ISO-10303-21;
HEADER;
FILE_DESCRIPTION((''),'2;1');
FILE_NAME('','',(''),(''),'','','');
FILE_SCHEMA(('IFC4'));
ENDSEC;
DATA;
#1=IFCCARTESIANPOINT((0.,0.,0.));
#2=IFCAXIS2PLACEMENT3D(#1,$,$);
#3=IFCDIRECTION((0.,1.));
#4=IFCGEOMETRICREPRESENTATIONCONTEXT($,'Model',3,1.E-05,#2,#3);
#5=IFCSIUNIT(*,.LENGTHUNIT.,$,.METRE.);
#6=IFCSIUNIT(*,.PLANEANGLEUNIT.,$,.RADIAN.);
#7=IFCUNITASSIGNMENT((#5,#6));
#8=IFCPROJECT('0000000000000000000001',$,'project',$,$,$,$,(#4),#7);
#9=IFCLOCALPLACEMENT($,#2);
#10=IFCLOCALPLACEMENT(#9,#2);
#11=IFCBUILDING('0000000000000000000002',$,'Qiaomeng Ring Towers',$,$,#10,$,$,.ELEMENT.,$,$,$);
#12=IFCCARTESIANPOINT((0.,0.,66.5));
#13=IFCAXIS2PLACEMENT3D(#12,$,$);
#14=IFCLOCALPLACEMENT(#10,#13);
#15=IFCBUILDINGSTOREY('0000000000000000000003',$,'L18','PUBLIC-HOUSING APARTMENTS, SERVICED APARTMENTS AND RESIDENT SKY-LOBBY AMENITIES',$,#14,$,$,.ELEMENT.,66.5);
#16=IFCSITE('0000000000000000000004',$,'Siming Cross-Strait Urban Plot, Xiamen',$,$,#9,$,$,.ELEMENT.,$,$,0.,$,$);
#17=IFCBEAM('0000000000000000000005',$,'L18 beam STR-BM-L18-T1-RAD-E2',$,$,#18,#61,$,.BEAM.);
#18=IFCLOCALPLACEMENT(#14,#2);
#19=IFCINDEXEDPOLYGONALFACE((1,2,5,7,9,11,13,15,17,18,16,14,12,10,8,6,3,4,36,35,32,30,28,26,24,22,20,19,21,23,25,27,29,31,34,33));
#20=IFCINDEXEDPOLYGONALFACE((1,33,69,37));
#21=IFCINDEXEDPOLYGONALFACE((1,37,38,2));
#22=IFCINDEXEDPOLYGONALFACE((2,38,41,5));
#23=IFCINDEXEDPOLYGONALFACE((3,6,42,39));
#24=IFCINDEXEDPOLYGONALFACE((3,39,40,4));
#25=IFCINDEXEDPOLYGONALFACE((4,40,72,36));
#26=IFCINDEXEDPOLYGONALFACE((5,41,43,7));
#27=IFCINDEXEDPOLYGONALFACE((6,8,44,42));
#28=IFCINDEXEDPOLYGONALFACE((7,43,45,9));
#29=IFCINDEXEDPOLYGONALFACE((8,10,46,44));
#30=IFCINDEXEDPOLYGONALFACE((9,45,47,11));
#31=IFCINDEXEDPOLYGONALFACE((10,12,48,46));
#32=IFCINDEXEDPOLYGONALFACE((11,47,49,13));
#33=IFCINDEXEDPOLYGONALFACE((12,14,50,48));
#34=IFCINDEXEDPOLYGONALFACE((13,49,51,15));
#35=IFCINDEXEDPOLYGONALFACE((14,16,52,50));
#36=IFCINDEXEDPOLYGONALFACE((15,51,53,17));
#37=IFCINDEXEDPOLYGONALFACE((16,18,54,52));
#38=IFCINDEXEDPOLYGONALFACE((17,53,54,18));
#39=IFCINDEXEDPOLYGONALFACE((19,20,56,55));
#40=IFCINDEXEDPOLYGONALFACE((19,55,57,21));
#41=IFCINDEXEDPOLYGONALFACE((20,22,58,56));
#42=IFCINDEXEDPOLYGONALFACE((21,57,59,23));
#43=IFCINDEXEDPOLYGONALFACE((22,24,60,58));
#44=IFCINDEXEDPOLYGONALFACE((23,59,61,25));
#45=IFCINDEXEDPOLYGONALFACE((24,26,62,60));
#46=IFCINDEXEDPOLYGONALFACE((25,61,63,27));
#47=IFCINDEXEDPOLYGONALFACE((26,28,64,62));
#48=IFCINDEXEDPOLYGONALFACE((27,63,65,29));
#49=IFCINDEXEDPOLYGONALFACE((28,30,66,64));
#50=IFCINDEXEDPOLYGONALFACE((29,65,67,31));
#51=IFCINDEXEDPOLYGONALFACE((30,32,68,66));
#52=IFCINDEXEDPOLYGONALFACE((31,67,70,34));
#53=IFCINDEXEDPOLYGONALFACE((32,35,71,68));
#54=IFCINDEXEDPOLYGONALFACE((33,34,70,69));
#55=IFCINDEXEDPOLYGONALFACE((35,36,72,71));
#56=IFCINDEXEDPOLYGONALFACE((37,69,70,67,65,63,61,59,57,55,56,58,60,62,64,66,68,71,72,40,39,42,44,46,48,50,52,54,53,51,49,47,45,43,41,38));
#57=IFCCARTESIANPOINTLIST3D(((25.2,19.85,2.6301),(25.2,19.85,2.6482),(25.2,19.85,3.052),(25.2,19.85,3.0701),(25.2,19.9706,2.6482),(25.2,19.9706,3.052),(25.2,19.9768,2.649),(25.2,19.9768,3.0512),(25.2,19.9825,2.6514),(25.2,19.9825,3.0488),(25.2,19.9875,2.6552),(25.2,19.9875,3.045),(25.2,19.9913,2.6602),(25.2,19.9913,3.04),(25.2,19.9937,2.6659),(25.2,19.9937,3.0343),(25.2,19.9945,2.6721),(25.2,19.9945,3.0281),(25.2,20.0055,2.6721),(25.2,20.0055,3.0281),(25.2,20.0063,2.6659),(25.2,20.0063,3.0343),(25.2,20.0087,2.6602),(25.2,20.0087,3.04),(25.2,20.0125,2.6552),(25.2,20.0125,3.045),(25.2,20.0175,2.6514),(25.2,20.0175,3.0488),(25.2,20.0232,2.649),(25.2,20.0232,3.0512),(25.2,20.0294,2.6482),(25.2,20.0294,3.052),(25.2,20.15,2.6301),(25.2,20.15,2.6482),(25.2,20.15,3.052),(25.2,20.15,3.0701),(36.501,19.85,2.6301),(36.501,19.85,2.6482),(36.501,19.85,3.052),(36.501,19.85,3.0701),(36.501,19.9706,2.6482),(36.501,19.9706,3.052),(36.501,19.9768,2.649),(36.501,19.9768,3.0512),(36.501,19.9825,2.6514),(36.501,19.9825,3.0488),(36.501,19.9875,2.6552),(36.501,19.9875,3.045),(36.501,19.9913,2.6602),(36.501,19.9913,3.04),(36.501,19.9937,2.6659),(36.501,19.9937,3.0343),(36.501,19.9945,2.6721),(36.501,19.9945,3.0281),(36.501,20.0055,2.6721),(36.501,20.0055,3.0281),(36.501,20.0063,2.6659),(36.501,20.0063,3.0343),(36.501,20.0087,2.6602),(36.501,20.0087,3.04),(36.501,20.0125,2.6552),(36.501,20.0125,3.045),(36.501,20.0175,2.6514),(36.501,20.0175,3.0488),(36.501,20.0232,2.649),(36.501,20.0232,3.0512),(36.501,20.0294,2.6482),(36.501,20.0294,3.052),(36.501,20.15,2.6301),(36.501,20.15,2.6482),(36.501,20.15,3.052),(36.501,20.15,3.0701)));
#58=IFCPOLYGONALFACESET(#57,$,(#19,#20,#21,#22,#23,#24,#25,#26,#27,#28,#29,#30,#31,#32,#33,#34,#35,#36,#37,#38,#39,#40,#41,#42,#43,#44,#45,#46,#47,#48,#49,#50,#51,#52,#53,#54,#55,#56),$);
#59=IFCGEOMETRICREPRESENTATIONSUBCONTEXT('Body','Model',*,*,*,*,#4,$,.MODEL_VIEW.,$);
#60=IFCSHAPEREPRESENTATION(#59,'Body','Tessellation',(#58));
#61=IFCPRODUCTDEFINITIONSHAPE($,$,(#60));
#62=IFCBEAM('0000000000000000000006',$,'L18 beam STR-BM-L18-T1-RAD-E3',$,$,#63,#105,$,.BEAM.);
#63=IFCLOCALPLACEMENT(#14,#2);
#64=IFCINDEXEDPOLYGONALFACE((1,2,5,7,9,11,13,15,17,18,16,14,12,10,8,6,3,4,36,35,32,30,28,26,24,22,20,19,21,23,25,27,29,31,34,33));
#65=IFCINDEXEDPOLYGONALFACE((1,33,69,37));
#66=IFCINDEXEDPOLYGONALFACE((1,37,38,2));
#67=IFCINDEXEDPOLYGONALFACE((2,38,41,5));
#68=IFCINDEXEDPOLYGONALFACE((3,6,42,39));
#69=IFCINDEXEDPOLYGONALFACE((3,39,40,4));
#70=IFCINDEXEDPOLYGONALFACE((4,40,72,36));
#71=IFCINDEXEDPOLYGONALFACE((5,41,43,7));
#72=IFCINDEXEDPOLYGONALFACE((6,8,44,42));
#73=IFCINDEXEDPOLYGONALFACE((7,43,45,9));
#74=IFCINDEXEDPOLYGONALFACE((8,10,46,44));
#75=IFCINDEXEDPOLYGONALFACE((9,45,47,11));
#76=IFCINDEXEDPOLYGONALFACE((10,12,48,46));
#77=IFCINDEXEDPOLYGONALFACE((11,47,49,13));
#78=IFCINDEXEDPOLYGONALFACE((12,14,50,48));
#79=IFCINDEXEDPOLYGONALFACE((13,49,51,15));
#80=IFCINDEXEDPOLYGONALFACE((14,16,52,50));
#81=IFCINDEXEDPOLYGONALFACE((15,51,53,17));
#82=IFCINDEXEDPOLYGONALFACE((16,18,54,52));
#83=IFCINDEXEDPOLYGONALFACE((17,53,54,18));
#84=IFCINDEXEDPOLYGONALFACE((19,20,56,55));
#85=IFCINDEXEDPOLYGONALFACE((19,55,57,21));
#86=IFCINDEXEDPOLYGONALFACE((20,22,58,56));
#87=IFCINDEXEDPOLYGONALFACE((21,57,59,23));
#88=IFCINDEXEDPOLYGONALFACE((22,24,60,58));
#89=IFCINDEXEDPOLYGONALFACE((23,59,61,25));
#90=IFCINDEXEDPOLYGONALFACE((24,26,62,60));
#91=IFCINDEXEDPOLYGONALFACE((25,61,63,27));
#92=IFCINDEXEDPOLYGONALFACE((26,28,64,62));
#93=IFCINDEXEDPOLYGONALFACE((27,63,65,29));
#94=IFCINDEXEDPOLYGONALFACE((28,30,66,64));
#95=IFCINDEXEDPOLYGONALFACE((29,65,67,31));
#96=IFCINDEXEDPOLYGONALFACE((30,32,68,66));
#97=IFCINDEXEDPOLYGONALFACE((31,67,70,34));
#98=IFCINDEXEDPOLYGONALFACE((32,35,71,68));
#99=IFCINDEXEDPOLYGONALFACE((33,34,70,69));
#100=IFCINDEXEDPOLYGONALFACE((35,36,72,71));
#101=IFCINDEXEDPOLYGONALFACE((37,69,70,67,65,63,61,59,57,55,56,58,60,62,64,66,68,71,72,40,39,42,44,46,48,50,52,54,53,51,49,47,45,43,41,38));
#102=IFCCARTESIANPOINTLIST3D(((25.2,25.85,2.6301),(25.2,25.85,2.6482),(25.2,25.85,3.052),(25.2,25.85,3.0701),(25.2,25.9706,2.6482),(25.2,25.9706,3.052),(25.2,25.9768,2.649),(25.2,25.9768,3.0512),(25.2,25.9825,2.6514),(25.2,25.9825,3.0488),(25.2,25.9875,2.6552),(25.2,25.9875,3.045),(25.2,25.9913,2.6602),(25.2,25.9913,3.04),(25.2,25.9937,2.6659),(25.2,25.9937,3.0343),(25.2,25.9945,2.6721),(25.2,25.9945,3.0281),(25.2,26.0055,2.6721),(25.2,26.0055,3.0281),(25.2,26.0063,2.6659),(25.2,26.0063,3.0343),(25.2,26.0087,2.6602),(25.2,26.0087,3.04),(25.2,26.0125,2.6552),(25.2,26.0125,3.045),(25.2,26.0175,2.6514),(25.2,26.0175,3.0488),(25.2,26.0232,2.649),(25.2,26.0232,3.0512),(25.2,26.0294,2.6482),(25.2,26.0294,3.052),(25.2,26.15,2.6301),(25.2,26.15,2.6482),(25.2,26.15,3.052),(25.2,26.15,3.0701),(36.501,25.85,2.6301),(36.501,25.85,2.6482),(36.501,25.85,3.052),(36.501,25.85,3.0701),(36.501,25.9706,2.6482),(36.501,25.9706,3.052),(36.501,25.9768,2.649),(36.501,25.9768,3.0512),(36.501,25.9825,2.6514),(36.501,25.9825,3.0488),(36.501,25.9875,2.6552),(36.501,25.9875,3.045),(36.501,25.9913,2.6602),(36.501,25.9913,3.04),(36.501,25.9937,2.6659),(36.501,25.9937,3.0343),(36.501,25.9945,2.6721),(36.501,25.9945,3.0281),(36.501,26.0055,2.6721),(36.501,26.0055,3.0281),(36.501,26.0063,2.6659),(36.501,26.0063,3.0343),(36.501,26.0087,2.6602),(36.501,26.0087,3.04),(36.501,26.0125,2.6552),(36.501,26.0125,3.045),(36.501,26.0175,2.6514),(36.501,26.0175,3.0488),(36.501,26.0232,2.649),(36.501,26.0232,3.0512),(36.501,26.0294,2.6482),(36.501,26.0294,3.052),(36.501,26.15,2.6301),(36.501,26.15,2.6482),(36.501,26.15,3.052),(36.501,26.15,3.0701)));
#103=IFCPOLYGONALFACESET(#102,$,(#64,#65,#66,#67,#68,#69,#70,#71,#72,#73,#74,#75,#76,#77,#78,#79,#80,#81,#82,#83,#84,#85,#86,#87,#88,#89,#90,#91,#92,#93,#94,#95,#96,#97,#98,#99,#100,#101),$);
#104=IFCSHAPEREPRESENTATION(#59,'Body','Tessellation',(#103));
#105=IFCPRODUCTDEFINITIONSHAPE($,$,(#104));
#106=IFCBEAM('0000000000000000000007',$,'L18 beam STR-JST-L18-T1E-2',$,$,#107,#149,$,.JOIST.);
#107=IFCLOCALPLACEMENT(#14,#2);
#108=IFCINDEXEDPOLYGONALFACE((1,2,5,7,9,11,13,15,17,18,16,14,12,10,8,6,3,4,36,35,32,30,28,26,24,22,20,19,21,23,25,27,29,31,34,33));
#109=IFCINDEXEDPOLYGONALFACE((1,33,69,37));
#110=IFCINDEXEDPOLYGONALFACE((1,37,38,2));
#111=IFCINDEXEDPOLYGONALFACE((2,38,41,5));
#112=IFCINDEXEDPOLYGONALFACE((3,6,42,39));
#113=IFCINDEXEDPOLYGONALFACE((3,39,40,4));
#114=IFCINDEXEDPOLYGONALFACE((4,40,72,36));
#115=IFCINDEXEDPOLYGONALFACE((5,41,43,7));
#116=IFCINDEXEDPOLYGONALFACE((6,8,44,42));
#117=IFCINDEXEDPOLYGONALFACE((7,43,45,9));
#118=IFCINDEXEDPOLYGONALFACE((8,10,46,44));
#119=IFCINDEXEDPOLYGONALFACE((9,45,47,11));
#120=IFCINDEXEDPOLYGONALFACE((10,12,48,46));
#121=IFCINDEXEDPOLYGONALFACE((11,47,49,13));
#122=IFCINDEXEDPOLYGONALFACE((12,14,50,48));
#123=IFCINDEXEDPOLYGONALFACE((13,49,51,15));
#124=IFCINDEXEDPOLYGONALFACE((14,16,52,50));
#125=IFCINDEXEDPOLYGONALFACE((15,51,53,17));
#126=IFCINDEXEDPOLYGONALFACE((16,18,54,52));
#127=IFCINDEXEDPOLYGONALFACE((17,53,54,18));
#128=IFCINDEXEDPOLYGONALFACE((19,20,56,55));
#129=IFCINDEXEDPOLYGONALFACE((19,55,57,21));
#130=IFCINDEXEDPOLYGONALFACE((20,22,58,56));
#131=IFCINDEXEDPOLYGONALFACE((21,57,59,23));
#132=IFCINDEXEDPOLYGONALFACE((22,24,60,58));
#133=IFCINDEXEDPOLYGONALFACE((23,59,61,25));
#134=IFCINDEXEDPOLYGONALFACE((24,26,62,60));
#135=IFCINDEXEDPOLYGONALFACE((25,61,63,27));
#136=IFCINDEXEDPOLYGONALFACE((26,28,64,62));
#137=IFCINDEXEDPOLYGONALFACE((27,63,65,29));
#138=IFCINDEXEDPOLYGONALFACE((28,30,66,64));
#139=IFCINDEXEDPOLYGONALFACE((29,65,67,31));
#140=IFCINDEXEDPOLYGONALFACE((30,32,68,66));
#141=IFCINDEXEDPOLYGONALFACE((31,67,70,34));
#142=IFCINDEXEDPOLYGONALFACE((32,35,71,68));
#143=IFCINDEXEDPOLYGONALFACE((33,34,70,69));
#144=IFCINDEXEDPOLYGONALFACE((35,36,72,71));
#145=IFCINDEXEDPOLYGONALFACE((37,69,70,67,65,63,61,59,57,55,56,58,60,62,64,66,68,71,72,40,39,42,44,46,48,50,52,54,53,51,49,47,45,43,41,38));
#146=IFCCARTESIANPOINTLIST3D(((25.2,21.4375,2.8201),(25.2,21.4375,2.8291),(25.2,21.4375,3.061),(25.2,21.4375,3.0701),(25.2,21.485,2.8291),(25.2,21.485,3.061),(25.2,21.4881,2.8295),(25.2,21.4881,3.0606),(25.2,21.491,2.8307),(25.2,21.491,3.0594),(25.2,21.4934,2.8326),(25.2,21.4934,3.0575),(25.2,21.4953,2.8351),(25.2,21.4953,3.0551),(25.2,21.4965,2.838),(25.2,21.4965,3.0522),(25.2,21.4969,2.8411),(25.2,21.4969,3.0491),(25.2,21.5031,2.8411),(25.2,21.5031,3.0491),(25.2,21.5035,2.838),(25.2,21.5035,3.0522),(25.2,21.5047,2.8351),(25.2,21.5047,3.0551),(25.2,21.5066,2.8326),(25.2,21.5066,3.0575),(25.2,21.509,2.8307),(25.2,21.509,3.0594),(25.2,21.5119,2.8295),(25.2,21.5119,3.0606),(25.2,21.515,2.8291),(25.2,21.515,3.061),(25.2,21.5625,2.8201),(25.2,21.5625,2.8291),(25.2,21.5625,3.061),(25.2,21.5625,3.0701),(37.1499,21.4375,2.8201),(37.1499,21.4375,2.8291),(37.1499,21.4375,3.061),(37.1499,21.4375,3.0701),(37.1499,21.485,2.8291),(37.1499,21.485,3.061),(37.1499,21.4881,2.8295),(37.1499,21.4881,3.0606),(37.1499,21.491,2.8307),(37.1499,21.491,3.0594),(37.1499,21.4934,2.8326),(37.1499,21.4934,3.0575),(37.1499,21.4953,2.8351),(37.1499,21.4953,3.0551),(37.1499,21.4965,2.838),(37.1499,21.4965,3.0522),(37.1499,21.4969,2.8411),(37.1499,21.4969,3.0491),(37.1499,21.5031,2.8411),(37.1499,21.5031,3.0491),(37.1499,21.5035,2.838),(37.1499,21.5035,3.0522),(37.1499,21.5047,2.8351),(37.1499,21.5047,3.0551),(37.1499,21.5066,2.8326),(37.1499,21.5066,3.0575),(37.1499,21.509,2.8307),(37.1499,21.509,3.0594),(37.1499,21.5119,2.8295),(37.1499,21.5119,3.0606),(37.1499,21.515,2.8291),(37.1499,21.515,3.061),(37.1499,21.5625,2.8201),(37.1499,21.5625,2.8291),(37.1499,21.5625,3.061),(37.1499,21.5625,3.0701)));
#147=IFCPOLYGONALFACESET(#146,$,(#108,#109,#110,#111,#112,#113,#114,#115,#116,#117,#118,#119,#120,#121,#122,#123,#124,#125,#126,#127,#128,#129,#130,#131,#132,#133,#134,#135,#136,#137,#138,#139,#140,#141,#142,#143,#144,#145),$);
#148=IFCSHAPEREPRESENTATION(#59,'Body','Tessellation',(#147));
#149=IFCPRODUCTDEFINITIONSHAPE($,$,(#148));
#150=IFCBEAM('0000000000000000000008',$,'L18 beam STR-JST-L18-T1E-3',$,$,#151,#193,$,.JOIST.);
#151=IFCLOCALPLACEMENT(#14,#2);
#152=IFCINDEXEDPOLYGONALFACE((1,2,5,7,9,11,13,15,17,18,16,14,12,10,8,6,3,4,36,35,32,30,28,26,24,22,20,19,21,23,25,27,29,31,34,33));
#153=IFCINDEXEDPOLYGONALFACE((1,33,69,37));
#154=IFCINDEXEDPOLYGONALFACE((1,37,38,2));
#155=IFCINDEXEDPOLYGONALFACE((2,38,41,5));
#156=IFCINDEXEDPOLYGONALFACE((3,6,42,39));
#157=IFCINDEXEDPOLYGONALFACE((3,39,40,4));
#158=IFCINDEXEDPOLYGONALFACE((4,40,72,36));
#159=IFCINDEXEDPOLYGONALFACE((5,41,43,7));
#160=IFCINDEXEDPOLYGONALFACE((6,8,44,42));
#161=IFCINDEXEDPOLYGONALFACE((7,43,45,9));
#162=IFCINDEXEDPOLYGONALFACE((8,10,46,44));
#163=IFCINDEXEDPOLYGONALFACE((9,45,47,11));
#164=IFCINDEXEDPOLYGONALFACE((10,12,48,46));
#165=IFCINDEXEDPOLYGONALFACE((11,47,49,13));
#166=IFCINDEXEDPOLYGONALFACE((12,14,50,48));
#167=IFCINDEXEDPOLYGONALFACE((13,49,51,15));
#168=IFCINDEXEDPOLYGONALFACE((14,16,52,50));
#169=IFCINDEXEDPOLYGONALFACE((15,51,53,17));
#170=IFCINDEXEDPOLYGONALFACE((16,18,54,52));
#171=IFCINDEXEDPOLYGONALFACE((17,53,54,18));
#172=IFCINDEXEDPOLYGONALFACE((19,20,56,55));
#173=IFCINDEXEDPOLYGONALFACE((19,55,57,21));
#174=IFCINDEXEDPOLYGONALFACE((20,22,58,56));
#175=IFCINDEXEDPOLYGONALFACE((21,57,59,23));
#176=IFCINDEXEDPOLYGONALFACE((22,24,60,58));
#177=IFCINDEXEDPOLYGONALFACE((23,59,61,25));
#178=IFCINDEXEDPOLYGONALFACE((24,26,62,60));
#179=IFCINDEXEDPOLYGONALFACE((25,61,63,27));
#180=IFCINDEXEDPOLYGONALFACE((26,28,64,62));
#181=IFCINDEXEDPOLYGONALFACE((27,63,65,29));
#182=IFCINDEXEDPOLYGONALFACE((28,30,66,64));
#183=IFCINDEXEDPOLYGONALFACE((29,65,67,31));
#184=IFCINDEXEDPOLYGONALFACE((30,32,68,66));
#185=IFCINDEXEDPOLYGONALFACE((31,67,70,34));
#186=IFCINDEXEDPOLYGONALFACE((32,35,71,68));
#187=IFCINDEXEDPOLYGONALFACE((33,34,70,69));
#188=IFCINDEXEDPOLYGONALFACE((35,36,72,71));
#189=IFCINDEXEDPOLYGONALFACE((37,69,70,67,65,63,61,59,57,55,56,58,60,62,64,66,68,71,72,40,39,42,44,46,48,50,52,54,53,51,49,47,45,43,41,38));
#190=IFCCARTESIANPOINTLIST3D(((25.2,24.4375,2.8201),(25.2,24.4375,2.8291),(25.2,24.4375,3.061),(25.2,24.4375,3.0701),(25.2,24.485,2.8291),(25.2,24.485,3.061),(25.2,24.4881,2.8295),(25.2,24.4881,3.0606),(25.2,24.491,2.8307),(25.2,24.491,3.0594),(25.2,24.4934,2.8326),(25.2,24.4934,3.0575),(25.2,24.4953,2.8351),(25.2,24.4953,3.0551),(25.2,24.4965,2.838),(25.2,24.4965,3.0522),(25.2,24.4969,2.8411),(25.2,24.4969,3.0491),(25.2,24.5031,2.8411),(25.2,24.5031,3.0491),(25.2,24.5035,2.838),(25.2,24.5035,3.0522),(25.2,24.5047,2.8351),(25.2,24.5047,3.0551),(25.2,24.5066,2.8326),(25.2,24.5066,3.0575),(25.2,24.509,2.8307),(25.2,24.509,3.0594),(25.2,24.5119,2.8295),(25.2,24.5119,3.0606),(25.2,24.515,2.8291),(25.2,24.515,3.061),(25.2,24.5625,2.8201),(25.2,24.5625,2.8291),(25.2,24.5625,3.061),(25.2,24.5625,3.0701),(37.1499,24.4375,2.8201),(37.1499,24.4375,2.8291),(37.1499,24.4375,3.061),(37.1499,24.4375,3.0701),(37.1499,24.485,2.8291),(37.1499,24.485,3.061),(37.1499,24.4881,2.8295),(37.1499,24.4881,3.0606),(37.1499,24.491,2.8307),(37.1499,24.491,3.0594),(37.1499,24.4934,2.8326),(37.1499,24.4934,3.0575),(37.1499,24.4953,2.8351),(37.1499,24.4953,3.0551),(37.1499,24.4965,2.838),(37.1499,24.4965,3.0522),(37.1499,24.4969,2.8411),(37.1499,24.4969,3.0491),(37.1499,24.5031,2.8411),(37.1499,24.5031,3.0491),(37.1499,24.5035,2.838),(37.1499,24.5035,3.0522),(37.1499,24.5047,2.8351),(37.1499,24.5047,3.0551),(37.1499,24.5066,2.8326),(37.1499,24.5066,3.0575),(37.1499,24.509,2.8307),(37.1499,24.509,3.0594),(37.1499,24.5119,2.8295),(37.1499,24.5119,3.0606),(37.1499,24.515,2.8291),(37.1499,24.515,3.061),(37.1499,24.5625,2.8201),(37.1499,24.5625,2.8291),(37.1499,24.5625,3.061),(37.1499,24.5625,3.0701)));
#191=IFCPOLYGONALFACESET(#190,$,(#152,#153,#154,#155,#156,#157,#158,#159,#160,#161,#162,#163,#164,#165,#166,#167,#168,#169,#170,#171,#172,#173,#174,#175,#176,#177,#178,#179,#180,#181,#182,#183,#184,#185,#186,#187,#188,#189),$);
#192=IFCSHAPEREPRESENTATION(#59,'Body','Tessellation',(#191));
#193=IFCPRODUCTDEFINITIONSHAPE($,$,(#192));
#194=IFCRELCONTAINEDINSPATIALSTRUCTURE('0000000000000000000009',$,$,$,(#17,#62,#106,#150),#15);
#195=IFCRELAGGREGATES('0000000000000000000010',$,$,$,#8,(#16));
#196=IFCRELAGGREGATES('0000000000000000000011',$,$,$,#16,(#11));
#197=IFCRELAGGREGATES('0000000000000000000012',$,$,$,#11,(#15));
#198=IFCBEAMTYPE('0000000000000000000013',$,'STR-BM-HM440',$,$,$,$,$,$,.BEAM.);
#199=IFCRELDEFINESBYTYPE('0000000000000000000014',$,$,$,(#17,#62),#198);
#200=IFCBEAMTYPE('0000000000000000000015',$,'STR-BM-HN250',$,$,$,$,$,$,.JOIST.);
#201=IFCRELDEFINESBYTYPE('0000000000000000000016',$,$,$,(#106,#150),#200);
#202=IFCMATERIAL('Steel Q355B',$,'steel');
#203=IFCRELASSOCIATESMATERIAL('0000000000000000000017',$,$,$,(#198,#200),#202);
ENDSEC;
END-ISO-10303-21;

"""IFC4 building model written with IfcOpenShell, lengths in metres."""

from ifc_helpers import new_model, si_unit, direction, frame, origin, origin_2d, place, context, subcontext, project, spatial, i_section, extrude, source, transform, mapped, material, material_profile, profile_set, type_object, element, save


model = new_model("IFC4")

# Units and contexts
model_context = context("Model", 3, precision=1e-05, world=origin(), true_north=direction((0.0, 1.0)))
body_context = subcontext(model_context, "Body", "Model", "MODEL_VIEW")
ifc_project = project(units=[si_unit("LENGTHUNIT", "METRE"), si_unit("PLANEANGLEUNIT", "RADIAN")], contexts=[model_context])

# Site, building, storey
site_placement = place(None, origin())
site = spatial("IfcSite", under=ifc_project, at=site_placement, Name="Siming Cross-Strait Urban Plot, Xiamen", CompositionType="ELEMENT", RefElevation=0.0)
building_placement = place(site_placement, origin())
building = spatial("IfcBuilding", under=site, at=building_placement, Name="Qiaomeng Ring Towers", CompositionType="ELEMENT")
storey_placement = place(building_placement, frame((0.0, 0.0, 66.5)))
storey = spatial("IfcBuildingStorey", under=building, at=storey_placement, Name="L18", Description="PUBLIC-HOUSING APARTMENTS, SERVICED APARTMENTS AND RESIDENT SKY-LOBBY AMENITIES", CompositionType="ELEMENT", Elevation=66.5)

# Beams
ifc_material_1 = material(Name="Steel Q355B", Category="steel")
ifc_material_profile_1 = material_profile(ifc_material_1, i_section(OverallWidth=0.3, OverallDepth=0.4399, WebThickness=0.011, FlangeThickness=0.0181, FilletRadius=0.0239, at=origin_2d()), Name="HM 440x300x11x18")
ifc_profile_set_1 = profile_set([ifc_material_profile_1], Name="Steel Q355B")
beam_type_1 = type_object("IfcBeamType", Name="STR-BM-HM440", PredefinedType="BEAM", material=ifc_profile_set_1)
shared_shape_1 = source(origin(), body_context, "Body", "SweptSolid", [
    extrude(i_section(OverallWidth=0.3, OverallDepth=0.4399, WebThickness=0.011, FlangeThickness=0.0181, FilletRadius=0.0239, at=origin_2d()), origin(), (0.0, 0.0, 1.0), 11.301),
])
for number, where, z_axis, x_axis, name in (
    (1, (25.2, 20.0, 2.8501), (1.0, 0.0, 0.0), (0.0, 1.0, 0.0), "L18 beam STR-BM-L18-T1-RAD-E2"),
    (2, (25.2, 26.0, 2.8501), (1.0, 0.0, 0.0), (0.0, 1.0, 0.0), "L18 beam STR-BM-L18-T1-RAD-E3"),
):
    element("IfcBeam", number, at=place(storey_placement, frame(where, z_axis=z_axis, x_axis=x_axis)), inside=storey, type_object=beam_type_1, Name=name, PredefinedType="BEAM", context=body_context, shape_type="MappedRepresentation", body=[
        mapped(shared_shape_1, transform((0.0, 0.0, 0.0), x_axis=(1.0, 0.0, 0.0), y_axis=(0.0, 1.0, 0.0), z_axis=(0.0, 0.0, 1.0), scale=1.0)),
    ])
ifc_material_profile_2 = material_profile(ifc_material_1, i_section(OverallWidth=0.125, OverallDepth=0.25, WebThickness=0.0061, FlangeThickness=0.009, FilletRadius=0.012, at=origin_2d()), Name="HN 250x125x6x9")
ifc_profile_set_2 = profile_set([ifc_material_profile_2], Name="Steel Q355B")
beam_type_2 = type_object("IfcBeamType", Name="STR-BM-HN250", PredefinedType="JOIST", material=ifc_profile_set_2)
shared_shape_2 = source(origin(), body_context, "Body", "SweptSolid", [
    extrude(i_section(OverallWidth=0.125, OverallDepth=0.25, WebThickness=0.0061, FlangeThickness=0.009, FilletRadius=0.012, at=origin_2d()), origin(), (0.0, 0.0, 1.0), 11.95),
])
for number, where, z_axis, x_axis, name in (
    (3, (25.2, 21.5, 2.9451), (1.0, 0.0, 0.0), (0.0, 1.0, 0.0), "L18 beam STR-JST-L18-T1E-2"),
    (4, (25.2, 24.5, 2.9451), (1.0, 0.0, 0.0), (0.0, 1.0, 0.0), "L18 beam STR-JST-L18-T1E-3"),
):
    element("IfcBeam", number, at=place(storey_placement, frame(where, z_axis=z_axis, x_axis=x_axis)), inside=storey, type_object=beam_type_2, Name=name, PredefinedType="JOIST", context=body_context, shape_type="MappedRepresentation", body=[
        mapped(shared_shape_2, transform((0.0, 0.0, 0.0), x_axis=(1.0, 0.0, 0.0), y_axis=(0.0, 1.0, 0.0), z_axis=(0.0, 0.0, 1.0), scale=1.0)),
    ])

save(model, "model.ifc")
